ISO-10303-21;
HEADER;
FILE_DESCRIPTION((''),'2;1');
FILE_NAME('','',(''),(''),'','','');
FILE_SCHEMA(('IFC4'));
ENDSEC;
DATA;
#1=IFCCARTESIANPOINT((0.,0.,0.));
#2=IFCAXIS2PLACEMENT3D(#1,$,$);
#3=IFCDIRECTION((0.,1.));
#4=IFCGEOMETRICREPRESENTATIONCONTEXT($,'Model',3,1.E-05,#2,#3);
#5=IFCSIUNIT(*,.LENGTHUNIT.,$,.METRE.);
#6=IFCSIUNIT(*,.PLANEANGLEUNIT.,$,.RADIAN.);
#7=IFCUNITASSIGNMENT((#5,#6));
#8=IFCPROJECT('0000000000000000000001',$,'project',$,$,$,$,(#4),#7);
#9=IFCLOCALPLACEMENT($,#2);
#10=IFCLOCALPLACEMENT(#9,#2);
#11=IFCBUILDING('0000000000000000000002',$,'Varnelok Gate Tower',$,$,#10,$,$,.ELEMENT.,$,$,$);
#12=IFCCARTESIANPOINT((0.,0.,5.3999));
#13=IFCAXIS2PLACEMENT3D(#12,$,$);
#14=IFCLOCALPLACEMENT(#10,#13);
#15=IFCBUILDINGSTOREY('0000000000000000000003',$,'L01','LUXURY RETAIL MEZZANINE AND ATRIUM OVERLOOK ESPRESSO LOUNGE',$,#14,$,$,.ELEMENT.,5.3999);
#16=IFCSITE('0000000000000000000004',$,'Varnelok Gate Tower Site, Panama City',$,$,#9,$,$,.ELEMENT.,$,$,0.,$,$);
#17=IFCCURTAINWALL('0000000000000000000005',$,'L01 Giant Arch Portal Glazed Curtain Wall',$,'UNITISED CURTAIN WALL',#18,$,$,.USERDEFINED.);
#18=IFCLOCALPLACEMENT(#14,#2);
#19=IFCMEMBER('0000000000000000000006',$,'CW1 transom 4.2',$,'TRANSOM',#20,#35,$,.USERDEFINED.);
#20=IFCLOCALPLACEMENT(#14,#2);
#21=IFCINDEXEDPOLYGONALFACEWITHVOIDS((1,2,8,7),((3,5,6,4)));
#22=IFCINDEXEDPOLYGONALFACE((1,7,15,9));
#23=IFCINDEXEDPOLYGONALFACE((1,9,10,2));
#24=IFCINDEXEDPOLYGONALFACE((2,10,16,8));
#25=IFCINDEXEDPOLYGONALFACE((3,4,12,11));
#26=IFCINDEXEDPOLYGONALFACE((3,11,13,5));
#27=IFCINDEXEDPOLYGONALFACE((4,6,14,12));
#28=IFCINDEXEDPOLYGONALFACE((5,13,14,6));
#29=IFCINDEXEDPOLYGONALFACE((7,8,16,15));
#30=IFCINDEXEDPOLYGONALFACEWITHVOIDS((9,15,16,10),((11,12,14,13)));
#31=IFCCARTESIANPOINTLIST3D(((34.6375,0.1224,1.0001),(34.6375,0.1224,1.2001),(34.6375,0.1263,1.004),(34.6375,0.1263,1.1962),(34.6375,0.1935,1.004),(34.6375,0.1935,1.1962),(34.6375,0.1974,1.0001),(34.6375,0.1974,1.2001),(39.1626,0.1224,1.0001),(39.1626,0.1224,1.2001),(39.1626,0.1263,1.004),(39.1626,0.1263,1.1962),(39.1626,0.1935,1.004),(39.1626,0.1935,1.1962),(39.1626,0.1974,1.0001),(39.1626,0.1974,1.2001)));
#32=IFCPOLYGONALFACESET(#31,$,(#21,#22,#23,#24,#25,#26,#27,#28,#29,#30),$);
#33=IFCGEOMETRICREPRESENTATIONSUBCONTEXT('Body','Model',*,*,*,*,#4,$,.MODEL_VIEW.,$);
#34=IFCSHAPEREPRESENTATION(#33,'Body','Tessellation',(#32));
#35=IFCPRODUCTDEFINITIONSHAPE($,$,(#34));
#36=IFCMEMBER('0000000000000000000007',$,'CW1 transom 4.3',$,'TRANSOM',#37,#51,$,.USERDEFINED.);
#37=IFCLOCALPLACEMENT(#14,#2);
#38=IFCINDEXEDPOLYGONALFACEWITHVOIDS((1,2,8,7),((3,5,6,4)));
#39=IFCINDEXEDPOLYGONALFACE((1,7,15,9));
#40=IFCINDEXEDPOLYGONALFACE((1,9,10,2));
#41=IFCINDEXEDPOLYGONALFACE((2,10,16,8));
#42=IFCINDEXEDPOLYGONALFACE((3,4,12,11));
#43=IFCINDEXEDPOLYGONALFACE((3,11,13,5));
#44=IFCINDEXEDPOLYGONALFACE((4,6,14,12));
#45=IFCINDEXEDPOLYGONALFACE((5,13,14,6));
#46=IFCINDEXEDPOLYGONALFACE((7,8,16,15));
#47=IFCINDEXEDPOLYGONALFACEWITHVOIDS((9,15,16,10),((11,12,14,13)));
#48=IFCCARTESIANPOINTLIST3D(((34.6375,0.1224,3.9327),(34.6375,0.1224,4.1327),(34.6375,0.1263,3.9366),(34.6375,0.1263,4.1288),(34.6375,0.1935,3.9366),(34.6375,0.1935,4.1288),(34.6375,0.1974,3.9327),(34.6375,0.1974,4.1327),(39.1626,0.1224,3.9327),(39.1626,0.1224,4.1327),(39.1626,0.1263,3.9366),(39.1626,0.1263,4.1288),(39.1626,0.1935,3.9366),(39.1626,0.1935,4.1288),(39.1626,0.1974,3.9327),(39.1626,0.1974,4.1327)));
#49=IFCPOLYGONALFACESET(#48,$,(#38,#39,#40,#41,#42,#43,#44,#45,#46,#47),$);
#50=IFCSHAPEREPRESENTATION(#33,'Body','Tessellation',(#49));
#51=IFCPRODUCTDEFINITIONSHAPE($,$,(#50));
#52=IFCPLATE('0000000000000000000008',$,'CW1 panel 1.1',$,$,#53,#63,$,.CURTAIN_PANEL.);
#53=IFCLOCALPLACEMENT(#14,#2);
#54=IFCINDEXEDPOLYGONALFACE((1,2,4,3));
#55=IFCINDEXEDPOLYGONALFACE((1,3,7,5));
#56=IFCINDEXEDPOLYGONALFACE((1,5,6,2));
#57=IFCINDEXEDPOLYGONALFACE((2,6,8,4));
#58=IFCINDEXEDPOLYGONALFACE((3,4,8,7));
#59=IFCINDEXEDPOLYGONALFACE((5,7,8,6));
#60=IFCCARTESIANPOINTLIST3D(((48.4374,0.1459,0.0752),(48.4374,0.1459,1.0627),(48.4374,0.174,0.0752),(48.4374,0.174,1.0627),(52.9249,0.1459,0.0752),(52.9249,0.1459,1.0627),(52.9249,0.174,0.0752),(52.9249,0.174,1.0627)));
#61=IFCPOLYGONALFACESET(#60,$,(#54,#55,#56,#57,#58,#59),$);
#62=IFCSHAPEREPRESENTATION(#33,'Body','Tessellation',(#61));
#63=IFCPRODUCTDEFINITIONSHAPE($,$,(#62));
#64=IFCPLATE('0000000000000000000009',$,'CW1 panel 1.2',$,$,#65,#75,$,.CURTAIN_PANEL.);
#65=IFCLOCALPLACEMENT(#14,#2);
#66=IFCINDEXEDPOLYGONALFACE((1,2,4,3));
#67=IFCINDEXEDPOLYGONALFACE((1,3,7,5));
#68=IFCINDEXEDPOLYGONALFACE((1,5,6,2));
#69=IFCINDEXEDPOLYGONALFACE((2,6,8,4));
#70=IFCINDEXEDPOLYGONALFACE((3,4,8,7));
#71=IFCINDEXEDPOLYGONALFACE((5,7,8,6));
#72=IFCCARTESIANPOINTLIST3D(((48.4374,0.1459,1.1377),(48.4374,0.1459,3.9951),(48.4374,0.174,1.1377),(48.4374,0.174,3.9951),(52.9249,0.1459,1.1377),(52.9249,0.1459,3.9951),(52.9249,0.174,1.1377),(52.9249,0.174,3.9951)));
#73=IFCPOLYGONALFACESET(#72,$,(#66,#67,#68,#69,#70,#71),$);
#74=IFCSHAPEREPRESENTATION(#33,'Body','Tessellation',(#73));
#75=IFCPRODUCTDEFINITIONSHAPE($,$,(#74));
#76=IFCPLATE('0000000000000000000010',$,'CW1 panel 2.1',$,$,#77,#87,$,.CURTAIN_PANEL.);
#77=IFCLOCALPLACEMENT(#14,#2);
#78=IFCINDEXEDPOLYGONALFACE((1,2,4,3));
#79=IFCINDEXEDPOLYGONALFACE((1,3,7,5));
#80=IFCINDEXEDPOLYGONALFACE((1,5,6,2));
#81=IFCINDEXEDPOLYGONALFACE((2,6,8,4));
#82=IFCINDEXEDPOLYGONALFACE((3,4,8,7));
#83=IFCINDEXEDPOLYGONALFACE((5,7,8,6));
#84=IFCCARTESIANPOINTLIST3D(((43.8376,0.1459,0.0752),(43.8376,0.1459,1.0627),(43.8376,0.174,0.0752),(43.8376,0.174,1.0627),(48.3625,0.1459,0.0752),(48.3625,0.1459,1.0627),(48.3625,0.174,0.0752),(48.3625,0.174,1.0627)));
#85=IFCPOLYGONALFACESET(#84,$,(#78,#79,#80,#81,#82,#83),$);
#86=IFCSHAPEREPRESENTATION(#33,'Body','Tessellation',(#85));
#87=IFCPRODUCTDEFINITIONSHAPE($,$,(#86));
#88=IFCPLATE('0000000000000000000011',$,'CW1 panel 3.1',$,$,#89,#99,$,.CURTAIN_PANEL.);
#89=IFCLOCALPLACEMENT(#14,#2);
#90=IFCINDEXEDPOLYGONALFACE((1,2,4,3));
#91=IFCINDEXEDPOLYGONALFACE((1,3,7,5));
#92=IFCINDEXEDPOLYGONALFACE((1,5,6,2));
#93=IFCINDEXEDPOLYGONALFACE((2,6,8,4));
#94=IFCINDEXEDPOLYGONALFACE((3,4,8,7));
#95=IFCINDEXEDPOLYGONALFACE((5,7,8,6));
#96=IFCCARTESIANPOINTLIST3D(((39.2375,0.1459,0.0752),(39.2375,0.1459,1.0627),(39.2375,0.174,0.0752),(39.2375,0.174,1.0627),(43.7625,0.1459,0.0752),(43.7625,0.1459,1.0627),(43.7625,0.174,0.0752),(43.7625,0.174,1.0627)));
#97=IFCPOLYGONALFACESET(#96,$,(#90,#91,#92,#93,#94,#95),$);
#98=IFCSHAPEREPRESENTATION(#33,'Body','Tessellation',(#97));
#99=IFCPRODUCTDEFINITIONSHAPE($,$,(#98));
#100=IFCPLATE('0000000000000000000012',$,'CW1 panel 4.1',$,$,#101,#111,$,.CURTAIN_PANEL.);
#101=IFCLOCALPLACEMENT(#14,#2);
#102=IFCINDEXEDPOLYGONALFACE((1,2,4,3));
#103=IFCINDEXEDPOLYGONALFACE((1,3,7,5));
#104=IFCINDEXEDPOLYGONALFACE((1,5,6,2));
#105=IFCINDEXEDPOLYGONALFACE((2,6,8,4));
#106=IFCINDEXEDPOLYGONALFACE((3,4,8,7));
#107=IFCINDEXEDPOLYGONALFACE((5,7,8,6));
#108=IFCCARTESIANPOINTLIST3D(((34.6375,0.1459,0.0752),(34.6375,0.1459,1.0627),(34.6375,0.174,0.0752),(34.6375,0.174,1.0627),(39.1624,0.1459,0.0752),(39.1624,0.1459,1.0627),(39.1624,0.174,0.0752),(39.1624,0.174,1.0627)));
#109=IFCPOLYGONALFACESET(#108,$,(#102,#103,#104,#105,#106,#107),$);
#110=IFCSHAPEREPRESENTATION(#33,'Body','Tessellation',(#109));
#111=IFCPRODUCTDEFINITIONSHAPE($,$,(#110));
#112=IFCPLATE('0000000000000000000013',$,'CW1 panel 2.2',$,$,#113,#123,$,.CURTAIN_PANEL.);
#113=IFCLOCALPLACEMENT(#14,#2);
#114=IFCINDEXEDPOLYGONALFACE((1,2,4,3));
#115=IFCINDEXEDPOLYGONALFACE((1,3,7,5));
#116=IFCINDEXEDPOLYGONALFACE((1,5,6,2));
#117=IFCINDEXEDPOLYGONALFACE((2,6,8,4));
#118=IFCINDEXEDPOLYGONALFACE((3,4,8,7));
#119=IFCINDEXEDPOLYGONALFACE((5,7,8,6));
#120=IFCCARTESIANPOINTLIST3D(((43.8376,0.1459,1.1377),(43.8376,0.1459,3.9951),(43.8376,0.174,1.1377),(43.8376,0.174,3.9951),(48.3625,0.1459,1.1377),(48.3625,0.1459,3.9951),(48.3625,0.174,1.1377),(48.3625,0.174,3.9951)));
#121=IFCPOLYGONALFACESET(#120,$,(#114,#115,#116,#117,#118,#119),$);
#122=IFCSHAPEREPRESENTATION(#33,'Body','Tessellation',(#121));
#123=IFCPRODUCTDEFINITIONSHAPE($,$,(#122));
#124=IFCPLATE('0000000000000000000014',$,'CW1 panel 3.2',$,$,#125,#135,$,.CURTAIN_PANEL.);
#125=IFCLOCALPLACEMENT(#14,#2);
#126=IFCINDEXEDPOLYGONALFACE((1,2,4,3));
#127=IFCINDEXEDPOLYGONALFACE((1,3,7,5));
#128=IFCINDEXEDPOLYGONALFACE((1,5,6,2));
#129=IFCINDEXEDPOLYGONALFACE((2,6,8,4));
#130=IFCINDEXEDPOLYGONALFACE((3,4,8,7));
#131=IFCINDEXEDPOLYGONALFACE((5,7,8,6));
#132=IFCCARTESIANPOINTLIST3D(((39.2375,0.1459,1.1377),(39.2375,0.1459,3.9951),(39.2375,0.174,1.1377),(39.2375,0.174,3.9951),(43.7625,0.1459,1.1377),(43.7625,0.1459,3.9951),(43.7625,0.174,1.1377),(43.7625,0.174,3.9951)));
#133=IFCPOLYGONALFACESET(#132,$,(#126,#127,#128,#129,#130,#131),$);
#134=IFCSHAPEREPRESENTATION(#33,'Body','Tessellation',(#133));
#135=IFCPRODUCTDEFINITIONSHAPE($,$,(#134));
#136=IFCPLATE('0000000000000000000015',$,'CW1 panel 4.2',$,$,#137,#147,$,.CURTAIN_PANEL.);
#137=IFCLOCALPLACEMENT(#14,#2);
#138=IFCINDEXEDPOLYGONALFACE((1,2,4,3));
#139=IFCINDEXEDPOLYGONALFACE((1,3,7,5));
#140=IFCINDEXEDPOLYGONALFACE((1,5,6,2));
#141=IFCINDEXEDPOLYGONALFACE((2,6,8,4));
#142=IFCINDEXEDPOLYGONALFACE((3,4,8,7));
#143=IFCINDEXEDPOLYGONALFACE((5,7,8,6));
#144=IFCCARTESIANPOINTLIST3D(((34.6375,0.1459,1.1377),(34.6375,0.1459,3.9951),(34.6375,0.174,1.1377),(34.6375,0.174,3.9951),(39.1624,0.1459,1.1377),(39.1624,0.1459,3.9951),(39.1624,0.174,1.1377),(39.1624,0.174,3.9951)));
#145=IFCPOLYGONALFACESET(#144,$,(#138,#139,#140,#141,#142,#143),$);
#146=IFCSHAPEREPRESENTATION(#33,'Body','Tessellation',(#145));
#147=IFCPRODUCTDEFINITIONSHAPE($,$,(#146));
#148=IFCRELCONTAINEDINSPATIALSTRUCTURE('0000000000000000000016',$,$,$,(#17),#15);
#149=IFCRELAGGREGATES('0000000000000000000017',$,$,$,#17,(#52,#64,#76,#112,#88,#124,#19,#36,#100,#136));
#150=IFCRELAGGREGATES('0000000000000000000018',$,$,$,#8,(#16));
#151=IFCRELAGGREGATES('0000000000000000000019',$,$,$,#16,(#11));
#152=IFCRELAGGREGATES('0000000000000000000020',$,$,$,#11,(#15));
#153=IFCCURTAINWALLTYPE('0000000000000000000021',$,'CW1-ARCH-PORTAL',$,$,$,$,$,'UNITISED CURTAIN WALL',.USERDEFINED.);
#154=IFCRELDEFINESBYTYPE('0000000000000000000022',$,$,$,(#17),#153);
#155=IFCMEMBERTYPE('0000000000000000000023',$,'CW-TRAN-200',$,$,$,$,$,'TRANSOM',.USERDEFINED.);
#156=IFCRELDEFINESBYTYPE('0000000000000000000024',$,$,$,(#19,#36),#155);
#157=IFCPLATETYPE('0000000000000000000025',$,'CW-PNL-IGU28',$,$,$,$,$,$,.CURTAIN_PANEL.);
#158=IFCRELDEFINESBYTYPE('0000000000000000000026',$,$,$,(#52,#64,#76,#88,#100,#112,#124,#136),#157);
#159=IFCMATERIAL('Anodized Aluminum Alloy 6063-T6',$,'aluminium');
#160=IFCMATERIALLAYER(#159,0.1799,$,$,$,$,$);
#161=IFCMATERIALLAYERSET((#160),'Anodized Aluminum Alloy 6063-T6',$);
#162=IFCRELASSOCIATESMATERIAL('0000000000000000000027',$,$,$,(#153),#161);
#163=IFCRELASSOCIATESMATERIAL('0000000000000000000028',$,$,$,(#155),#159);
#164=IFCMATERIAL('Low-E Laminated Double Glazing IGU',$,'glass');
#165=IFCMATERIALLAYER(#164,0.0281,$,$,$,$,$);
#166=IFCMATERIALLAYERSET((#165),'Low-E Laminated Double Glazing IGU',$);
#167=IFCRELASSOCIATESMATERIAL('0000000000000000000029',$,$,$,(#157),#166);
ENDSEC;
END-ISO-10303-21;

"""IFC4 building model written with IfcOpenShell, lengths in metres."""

from ifc_helpers import new_model, si_unit, direction, frame, origin, origin_2d, place, context, subcontext, project, spatial, rectangle, hollow_rectangle, extrude, source, transform, mapped, material, layer, layer_set, material_profile, profile_set, type_object, element, aggregate, save


model = new_model("IFC4")

# Units and contexts
model_context = context("Model", 3, precision=1e-05, world=origin(), true_north=direction((0.0, 1.0)))
body_context = subcontext(model_context, "Body", "Model", "MODEL_VIEW")
ifc_project = project(units=[si_unit("LENGTHUNIT", "METRE"), si_unit("PLANEANGLEUNIT", "RADIAN")], contexts=[model_context])

# Site, building, storey
site_placement = place(None, origin())
site = spatial("IfcSite", under=ifc_project, at=site_placement, Name="Varnelok Gate Tower Site, Panama City", CompositionType="ELEMENT", RefElevation=0.0)
building_placement = place(site_placement, origin())
building = spatial("IfcBuilding", under=site, at=building_placement, Name="Varnelok Gate Tower", CompositionType="ELEMENT")
storey_placement = place(building_placement, frame((0.0, 0.0, 5.3999)))
storey = spatial("IfcBuildingStorey", under=building, at=storey_placement, Name="L01", Description="LUXURY RETAIL MEZZANINE AND ATRIUM OVERLOOK ESPRESSO LOUNGE", CompositionType="ELEMENT", Elevation=5.3999)

# Curtain wall, members, plates
ifc_material_1 = material(Name="Anodized Aluminum Alloy 6063-T6", Category="aluminium")
ifc_layer_1 = layer(ifc_material_1, 0.1799)
ifc_layer_set_1 = layer_set([ifc_layer_1], Name="Anodized Aluminum Alloy 6063-T6")
curtain_wall_type = type_object("IfcCurtainWallType", Name="CW1-ARCH-PORTAL", ElementType="UNITISED CURTAIN WALL", PredefinedType="USERDEFINED", material=ifc_layer_set_1)
curtain_wall_placement = place(storey_placement, origin())
curtain_wall = element("IfcCurtainWall", 1, at=curtain_wall_placement, inside=storey, type_object=curtain_wall_type, Name="L01 Giant Arch Portal Glazed Curtain Wall", ObjectType="UNITISED CURTAIN WALL", PredefinedType="USERDEFINED")
ifc_material_profile_1 = material_profile(ifc_material_1, hollow_rectangle(XDim=0.075, YDim=0.2, WallThickness=0.0039, at=origin_2d()), Name="ALU200X75X4")
ifc_profile_set_1 = profile_set([ifc_material_profile_1], Name="Anodized Aluminum Alloy 6063-T6")
member_type_1 = type_object("IfcMemberType", Name="CW-TRAN-200", ElementType="TRANSOM", PredefinedType="USERDEFINED", material=ifc_profile_set_1)
member_1_placement = place(storey_placement, frame((39.1626, 0.1599, 1.1001), z_axis=(-1.0, 0.0, 0.0), x_axis=(0.0, -1.0, 0.0)))
member_1 = element("IfcMember", 2, at=member_1_placement, type_object=member_type_1, Name="CW1 transom 4.2", ObjectType="TRANSOM", PredefinedType="USERDEFINED", context=body_context, shape_type="SweptSolid", body=[
    extrude(hollow_rectangle(XDim=0.075, YDim=0.2, WallThickness=0.0039, at=origin_2d()), origin(), (0.0, 0.0, 1.0), 4.5251),
])
member_2_placement = place(storey_placement, frame((39.1626, 0.1599, 4.0327), z_axis=(-1.0, 0.0, 0.0), x_axis=(0.0, -1.0, 0.0)))
member_2 = element("IfcMember", 3, at=member_2_placement, type_object=member_type_1, Name="CW1 transom 4.3", ObjectType="TRANSOM", PredefinedType="USERDEFINED", context=body_context, shape_type="SweptSolid", body=[
    extrude(hollow_rectangle(XDim=0.075, YDim=0.2, WallThickness=0.0039, at=origin_2d()), origin(), (0.0, 0.0, 1.0), 4.5251),
])
ifc_material_2 = material(Name="Low-E Laminated Double Glazing IGU", Category="glass")
ifc_layer_2 = layer(ifc_material_2, 0.0281)
ifc_layer_set_2 = layer_set([ifc_layer_2], Name="Low-E Laminated Double Glazing IGU")
plate_type = type_object("IfcPlateType", Name="CW-PNL-IGU28", PredefinedType="CURTAIN_PANEL", material=ifc_layer_set_2)
shared_shape_1 = source(origin(), body_context, "Body", "SweptSolid", [
    extrude(rectangle(XDim=4.4875, YDim=0.0281, at=origin_2d()), origin(), (0.0, 0.0, 1.0), 0.9875),
])
plate_1_placement = place(storey_placement, frame((50.6812, 0.1599, 0.0752), z_axis=(0.0, 0.0, 1.0), x_axis=(-1.0, 0.0, 0.0)))
plate_1 = element("IfcPlate", 4, at=plate_1_placement, type_object=plate_type, Name="CW1 panel 1.1", PredefinedType="CURTAIN_PANEL", context=body_context, shape_type="MappedRepresentation", body=[
    mapped(shared_shape_1, transform((0.0, 0.0, 0.0), scale=1.0)),
])
shared_shape_2 = source(origin(), body_context, "Body", "SweptSolid", [
    extrude(rectangle(XDim=4.4875, YDim=0.0281, at=origin_2d()), origin(), (0.0, 0.0, 1.0), 2.8574),
])
plate_2_placement = place(storey_placement, frame((50.6812, 0.1599, 1.1377), z_axis=(0.0, 0.0, 1.0), x_axis=(-1.0, 0.0, 0.0)))
plate_2 = element("IfcPlate", 5, at=plate_2_placement, type_object=plate_type, Name="CW1 panel 1.2", PredefinedType="CURTAIN_PANEL", context=body_context, shape_type="MappedRepresentation", body=[
    mapped(shared_shape_2, transform((0.0, 0.0, 0.0), scale=1.0)),
])
shared_shape_3 = source(origin(), body_context, "Body", "SweptSolid", [
    extrude(rectangle(XDim=4.5249, YDim=0.0281, at=origin_2d()), origin(), (0.0, 0.0, 1.0), 0.9875),
])
plate_3_placement = place(storey_placement, frame((46.1001, 0.1599, 0.0752), z_axis=(0.0, 0.0, 1.0), x_axis=(-1.0, 0.0, 0.0)))
plate_3 = element("IfcPlate", 6, at=plate_3_placement, type_object=plate_type, Name="CW1 panel 2.1", PredefinedType="CURTAIN_PANEL", context=body_context, shape_type="MappedRepresentation", body=[
    mapped(shared_shape_3, transform((0.0, 0.0, 0.0), scale=1.0)),
])
plate_4_placement = place(storey_placement, frame((41.5, 0.1599, 0.0752), z_axis=(0.0, 0.0, 1.0), x_axis=(-1.0, 0.0, 0.0)))
plate_4 = element("IfcPlate", 7, at=plate_4_placement, type_object=plate_type, Name="CW1 panel 3.1", PredefinedType="CURTAIN_PANEL", context=body_context, shape_type="MappedRepresentation", body=[
    mapped(shared_shape_3, transform((0.0, 0.0, 0.0), scale=1.0)),
])
plate_5_placement = place(storey_placement, frame((36.8999, 0.1599, 0.0752), z_axis=(0.0, 0.0, 1.0), x_axis=(-1.0, 0.0, 0.0)))
plate_5 = element("IfcPlate", 8, at=plate_5_placement, type_object=plate_type, Name="CW1 panel 4.1", PredefinedType="CURTAIN_PANEL", context=body_context, shape_type="MappedRepresentation", body=[
    mapped(shared_shape_3, transform((0.0, 0.0, 0.0), scale=1.0)),
])
shared_shape_4 = source(origin(), body_context, "Body", "SweptSolid", [
    extrude(rectangle(XDim=4.5249, YDim=0.0281, at=origin_2d()), origin(), (0.0, 0.0, 1.0), 2.8574),
])
plate_6_placement = place(storey_placement, frame((46.1001, 0.1599, 1.1377), z_axis=(0.0, 0.0, 1.0), x_axis=(-1.0, 0.0, 0.0)))
plate_6 = element("IfcPlate", 9, at=plate_6_placement, type_object=plate_type, Name="CW1 panel 2.2", PredefinedType="CURTAIN_PANEL", context=body_context, shape_type="MappedRepresentation", body=[
    mapped(shared_shape_4, transform((0.0, 0.0, 0.0), scale=1.0)),
])
plate_7_placement = place(storey_placement, frame((41.5, 0.1599, 1.1377), z_axis=(0.0, 0.0, 1.0), x_axis=(-1.0, 0.0, 0.0)))
plate_7 = element("IfcPlate", 10, at=plate_7_placement, type_object=plate_type, Name="CW1 panel 3.2", PredefinedType="CURTAIN_PANEL", context=body_context, shape_type="MappedRepresentation", body=[
    mapped(shared_shape_4, transform((0.0, 0.0, 0.0), scale=1.0)),
])
plate_8_placement = place(storey_placement, frame((36.8999, 0.1599, 1.1377), z_axis=(0.0, 0.0, 1.0), x_axis=(-1.0, 0.0, 0.0)))
plate_8 = element("IfcPlate", 11, at=plate_8_placement, type_object=plate_type, Name="CW1 panel 4.2", PredefinedType="CURTAIN_PANEL", context=body_context, shape_type="MappedRepresentation", body=[
    mapped(shared_shape_4, transform((0.0, 0.0, 0.0), scale=1.0)),
])
aggregate(curtain_wall, [plate_1, plate_2, plate_3, plate_6, plate_4, plate_7, member_1, member_2, plate_5, plate_8])

save(model, "model.ifc")
